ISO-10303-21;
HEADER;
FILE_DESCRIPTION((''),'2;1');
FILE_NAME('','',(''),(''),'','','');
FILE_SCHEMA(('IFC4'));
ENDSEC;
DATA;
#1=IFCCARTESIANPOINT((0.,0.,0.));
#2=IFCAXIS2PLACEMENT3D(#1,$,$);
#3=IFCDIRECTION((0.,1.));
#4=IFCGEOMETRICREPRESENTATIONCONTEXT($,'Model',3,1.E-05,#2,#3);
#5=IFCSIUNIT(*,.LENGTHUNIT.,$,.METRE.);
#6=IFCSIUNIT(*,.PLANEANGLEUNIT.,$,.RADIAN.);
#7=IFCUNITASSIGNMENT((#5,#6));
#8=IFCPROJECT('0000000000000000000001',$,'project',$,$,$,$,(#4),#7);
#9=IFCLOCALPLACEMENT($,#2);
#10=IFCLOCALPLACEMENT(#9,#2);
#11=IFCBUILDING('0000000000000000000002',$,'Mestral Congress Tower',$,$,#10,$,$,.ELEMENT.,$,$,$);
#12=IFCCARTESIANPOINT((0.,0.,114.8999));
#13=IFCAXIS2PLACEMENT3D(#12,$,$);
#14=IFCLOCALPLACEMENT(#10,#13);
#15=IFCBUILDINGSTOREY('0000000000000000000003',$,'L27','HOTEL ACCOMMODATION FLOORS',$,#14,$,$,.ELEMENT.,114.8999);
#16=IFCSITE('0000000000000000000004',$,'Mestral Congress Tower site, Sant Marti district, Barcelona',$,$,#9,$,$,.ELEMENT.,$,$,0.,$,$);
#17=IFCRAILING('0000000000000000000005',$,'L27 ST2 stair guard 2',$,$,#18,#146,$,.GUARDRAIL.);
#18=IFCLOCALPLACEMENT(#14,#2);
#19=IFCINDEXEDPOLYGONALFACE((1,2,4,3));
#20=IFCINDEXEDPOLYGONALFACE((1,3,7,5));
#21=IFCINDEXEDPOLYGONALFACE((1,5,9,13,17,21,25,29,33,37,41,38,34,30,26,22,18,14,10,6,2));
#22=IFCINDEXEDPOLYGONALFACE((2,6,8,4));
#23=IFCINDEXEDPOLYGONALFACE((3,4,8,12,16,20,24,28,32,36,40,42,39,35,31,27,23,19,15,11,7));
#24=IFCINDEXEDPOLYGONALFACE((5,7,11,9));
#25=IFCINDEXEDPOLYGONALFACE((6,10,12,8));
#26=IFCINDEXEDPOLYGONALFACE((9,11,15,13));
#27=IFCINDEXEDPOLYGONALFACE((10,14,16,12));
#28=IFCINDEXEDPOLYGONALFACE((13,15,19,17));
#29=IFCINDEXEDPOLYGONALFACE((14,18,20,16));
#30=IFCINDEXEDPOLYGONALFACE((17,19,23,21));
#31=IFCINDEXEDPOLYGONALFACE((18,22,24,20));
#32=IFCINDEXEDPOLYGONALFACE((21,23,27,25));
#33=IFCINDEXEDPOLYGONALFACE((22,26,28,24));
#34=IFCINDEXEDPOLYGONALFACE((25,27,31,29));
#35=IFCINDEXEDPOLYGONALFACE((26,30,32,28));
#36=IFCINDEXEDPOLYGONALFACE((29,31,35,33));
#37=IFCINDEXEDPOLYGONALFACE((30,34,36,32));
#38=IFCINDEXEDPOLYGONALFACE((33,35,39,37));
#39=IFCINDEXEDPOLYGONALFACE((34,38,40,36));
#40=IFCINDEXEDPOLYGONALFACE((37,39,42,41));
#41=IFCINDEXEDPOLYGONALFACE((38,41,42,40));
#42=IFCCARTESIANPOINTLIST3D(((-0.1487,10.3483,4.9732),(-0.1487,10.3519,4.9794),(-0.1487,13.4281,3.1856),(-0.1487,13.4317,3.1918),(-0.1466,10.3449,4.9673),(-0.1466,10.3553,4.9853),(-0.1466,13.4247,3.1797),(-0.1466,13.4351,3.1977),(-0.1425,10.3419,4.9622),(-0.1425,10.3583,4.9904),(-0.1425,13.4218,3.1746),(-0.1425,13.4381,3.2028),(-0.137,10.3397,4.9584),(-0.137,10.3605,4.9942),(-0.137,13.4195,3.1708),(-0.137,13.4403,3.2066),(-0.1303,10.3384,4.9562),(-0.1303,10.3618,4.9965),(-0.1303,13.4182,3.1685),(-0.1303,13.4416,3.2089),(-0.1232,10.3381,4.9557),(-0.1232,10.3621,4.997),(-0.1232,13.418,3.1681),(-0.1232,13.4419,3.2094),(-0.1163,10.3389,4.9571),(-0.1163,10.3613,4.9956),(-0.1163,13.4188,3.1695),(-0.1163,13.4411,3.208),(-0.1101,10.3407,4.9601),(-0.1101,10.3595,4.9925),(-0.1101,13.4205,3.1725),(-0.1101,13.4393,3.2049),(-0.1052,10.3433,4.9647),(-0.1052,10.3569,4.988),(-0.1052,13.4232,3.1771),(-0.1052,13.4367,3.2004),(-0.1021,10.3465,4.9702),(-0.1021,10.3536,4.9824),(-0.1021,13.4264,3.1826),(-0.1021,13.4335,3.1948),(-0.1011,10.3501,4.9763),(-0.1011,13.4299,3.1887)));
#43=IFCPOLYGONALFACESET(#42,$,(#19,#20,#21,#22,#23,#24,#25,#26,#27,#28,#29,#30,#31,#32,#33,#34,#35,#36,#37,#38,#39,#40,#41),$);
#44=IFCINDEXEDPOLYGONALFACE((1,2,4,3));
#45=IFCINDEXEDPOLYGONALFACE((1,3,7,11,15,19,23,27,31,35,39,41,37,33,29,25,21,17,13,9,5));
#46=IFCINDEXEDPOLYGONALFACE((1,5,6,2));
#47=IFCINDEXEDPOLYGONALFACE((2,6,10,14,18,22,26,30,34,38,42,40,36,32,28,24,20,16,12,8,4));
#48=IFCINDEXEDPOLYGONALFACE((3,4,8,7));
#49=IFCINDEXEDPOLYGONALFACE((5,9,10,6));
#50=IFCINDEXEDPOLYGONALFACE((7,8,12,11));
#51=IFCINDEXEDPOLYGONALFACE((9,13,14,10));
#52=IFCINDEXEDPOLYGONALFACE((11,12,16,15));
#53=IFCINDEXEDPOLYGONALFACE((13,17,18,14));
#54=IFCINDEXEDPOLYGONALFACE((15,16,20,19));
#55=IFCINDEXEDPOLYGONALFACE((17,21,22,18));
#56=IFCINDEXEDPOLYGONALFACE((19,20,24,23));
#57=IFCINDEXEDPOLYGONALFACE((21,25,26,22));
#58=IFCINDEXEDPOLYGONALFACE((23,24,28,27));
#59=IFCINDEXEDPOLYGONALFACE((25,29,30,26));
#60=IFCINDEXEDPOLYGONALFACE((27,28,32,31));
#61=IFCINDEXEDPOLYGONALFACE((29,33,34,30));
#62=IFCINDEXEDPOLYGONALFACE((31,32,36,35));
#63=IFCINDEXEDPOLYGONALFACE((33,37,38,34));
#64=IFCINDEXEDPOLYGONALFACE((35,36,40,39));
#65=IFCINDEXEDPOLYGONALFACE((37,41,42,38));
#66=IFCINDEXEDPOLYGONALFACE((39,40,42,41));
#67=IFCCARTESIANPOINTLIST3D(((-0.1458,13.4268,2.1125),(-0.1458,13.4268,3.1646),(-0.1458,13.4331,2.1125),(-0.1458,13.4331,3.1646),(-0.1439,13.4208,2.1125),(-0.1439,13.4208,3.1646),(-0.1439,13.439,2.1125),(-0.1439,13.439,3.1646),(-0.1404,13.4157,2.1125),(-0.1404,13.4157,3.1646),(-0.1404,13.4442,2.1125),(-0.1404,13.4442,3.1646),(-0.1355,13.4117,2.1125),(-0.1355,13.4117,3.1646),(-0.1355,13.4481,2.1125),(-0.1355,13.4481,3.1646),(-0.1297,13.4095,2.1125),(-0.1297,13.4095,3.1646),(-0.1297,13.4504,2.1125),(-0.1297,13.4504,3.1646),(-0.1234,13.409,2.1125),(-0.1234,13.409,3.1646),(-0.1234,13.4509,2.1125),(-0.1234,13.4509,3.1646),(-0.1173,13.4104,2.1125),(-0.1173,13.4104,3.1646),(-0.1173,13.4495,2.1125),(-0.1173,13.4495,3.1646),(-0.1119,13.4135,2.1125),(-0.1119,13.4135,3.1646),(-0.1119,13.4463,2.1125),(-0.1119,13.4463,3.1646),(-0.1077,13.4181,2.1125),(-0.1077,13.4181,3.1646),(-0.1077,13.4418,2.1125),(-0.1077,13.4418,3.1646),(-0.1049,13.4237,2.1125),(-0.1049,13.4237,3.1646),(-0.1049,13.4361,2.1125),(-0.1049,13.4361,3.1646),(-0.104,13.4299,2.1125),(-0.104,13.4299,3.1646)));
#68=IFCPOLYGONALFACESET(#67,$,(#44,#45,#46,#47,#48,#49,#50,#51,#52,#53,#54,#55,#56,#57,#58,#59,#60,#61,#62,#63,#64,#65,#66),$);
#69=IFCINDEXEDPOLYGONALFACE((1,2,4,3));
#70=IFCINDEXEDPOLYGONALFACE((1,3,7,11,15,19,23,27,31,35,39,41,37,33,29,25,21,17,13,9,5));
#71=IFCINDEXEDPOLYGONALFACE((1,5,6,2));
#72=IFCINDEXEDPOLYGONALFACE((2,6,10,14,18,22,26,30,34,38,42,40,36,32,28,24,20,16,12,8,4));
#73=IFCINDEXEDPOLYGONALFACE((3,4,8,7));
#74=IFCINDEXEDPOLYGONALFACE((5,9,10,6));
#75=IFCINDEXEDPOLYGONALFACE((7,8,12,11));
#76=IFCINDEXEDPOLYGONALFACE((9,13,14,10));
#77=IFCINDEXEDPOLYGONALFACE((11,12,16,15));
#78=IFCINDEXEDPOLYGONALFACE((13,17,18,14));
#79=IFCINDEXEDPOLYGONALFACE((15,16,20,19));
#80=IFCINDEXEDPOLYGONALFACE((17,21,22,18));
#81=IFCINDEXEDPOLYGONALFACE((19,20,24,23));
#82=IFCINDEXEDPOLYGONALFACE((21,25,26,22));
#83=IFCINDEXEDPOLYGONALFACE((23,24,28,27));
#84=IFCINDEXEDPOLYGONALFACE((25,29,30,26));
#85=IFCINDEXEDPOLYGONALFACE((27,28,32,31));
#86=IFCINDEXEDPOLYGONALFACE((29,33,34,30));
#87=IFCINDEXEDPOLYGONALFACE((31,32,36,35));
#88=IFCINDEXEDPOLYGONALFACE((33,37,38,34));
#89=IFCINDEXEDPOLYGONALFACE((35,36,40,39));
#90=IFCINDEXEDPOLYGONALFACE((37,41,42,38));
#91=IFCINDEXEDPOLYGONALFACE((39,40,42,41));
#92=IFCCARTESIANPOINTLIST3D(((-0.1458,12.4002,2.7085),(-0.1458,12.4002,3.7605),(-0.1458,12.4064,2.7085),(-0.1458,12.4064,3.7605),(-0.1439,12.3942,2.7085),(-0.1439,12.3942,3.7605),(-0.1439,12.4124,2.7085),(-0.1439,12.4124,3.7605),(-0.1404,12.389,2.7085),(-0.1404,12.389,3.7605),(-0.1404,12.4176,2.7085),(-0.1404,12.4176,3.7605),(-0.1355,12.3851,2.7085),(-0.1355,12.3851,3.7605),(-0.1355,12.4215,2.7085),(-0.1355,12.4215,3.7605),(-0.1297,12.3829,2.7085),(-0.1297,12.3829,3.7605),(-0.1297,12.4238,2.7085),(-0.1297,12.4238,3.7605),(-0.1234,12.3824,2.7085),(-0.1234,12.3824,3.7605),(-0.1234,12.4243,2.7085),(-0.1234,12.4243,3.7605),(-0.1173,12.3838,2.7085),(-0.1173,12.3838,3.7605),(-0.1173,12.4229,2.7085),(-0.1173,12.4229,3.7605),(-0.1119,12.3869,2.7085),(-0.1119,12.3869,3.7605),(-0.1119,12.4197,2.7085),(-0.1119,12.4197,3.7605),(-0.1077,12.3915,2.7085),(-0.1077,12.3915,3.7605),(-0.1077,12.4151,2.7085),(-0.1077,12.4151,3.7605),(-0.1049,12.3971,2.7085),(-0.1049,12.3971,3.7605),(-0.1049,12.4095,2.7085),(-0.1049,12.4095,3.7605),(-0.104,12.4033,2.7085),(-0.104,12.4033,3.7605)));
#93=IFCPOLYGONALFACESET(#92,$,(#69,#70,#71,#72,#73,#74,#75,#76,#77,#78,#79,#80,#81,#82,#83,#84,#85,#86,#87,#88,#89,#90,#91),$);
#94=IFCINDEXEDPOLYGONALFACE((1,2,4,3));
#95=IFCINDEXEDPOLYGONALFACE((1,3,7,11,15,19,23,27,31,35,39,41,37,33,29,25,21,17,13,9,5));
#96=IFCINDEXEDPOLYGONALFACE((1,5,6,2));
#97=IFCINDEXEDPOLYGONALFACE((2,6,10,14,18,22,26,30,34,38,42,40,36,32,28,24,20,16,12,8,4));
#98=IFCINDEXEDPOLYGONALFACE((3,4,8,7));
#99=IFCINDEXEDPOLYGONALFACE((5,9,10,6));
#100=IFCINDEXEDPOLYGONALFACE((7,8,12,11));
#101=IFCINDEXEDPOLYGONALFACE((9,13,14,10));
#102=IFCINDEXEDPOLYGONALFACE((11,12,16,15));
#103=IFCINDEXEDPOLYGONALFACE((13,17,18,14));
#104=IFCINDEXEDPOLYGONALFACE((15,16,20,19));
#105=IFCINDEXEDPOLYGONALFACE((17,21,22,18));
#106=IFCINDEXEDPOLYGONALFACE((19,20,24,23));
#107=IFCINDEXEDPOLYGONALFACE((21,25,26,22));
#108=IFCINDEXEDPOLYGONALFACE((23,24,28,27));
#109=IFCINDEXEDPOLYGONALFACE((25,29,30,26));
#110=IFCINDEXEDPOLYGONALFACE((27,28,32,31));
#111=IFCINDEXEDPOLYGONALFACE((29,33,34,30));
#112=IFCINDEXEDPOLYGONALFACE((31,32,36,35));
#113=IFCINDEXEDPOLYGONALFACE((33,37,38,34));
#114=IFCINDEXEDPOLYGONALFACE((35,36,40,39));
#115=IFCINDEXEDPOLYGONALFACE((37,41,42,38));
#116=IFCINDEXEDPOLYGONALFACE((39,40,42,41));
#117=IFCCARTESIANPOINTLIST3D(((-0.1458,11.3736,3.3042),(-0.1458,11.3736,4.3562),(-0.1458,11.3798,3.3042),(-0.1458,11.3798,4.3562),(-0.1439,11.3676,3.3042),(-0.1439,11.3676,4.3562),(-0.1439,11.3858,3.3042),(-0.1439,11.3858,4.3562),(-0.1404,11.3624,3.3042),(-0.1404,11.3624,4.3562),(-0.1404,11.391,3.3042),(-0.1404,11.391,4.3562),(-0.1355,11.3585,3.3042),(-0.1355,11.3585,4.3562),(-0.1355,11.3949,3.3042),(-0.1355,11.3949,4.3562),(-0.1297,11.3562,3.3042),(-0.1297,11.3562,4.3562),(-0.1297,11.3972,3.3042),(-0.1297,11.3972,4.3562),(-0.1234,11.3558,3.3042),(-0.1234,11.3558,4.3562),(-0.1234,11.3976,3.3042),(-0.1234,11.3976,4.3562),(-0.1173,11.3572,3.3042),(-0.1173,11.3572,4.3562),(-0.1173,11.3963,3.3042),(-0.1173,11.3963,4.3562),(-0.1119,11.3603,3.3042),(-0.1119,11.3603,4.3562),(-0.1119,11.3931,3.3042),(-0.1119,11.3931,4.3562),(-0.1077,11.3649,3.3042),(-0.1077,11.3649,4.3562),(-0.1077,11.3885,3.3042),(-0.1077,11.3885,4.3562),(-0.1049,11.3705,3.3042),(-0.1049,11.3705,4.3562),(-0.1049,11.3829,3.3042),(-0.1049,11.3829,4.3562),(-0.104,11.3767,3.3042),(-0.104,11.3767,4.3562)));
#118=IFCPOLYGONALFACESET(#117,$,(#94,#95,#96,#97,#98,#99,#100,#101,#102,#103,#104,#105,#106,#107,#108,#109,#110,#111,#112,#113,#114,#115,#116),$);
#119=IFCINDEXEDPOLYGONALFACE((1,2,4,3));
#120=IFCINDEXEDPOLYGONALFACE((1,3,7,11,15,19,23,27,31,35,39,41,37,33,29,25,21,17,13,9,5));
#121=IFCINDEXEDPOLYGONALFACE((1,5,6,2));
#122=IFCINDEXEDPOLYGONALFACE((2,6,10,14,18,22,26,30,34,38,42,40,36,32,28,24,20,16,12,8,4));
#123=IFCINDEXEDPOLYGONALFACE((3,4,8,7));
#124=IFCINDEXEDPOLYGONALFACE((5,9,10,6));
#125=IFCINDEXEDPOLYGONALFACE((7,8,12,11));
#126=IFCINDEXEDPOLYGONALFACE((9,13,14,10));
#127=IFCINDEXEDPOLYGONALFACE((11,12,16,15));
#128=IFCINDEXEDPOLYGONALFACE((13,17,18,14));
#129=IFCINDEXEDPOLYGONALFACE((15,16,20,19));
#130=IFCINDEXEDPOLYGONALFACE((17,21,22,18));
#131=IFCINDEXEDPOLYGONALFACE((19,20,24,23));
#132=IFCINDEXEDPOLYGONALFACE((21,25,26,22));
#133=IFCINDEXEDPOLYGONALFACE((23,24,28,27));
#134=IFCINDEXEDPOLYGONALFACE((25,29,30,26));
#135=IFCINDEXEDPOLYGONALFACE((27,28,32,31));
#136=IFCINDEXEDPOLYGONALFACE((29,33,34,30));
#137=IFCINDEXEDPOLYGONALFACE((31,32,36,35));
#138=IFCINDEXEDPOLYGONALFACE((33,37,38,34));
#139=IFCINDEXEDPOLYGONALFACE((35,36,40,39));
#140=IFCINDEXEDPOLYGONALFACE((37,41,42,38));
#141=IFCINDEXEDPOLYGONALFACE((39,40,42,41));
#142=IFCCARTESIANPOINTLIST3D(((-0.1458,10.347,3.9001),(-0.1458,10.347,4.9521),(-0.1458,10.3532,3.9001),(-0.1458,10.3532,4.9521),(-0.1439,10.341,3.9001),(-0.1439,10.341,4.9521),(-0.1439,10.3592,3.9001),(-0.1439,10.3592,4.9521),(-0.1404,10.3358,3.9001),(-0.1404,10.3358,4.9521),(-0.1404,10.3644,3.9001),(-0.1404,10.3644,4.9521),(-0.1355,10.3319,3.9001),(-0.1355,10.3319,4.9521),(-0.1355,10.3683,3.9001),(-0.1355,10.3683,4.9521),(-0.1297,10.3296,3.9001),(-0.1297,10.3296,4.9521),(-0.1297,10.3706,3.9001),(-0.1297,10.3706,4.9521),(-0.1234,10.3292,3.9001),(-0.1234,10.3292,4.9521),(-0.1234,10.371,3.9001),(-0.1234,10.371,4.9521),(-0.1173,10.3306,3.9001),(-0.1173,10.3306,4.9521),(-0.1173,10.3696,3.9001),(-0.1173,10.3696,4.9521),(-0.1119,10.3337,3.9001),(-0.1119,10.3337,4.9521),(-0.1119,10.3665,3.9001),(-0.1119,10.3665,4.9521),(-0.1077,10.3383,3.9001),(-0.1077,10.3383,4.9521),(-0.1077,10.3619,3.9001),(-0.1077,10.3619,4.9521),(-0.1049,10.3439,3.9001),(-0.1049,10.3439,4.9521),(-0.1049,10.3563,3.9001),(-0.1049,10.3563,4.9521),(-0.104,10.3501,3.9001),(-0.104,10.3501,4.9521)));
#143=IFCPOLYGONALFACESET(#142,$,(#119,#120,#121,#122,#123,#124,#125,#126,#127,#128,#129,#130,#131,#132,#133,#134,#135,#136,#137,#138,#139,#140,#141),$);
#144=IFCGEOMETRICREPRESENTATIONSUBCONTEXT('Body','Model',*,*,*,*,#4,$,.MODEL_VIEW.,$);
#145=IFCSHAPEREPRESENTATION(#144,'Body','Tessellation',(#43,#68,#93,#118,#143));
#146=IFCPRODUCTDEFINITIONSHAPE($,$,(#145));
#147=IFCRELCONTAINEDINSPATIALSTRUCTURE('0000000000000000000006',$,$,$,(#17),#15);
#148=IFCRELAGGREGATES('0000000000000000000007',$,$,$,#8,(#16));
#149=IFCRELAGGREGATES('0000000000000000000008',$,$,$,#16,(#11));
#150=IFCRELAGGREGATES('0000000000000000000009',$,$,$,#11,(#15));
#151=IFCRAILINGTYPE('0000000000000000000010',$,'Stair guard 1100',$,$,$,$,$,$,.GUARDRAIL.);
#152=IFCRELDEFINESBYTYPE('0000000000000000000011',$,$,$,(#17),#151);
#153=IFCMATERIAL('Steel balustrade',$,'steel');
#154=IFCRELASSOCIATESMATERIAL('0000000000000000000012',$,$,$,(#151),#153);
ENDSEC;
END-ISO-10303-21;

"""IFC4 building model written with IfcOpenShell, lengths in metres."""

from ifc_helpers import new_model, si_unit, direction, frame, origin, origin_2d, place, context, subcontext, project, spatial, circle, extrude, material, type_object, element, save


model = new_model("IFC4")

# Units and contexts
model_context = context("Model", 3, precision=1e-05, world=origin(), true_north=direction((0.0, 1.0)))
body_context = subcontext(model_context, "Body", "Model", "MODEL_VIEW")
ifc_project = project(units=[si_unit("LENGTHUNIT", "METRE"), si_unit("PLANEANGLEUNIT", "RADIAN")], contexts=[model_context])

# Site, building, storey
site_placement = place(None, origin())
site = spatial("IfcSite", under=ifc_project, at=site_placement, Name="Mestral Congress Tower site, Sant Marti district, Barcelona", CompositionType="ELEMENT", RefElevation=0.0)
building_placement = place(site_placement, origin())
building = spatial("IfcBuilding", under=site, at=building_placement, Name="Mestral Congress Tower", CompositionType="ELEMENT")
storey_placement = place(building_placement, frame((0.0, 0.0, 114.8999)))
storey = spatial("IfcBuildingStorey", under=building, at=storey_placement, Name="L27", Description="HOTEL ACCOMMODATION FLOORS", CompositionType="ELEMENT", Elevation=114.8999)

# Railing
ifc_material_1 = material(Name="Steel balustrade", Category="steel")
railing_type = type_object("IfcRailingType", Name="Stair guard 1100", PredefinedType="GUARDRAIL", material=ifc_material_1)
railing_placement = place(storey_placement, frame((-0.125, 13.4299, 2.1125)))
element("IfcRailing", 1, at=railing_placement, inside=storey, type_object=railing_type, Name="L27 ST2 stair guard 2", PredefinedType="GUARDRAIL", context=body_context, shape_type="SweptSolid", body=[
    extrude(circle(Radius=0.0239, at=origin_2d()), frame((0.0, 0.0, 1.0762), z_axis=(0.0, -0.864873, 0.50199), x_axis=(1.0, 0.0, 0.0)), (0.0, 0.0, 1.0), 3.561),
    extrude(circle(Radius=0.021, at=origin_2d()), origin(), (0.0, 0.0, 1.0), 1.052),
    extrude(circle(Radius=0.021, at=origin_2d()), frame((0.0, -1.0266, 0.5959)), (0.0, 0.0, 1.0), 1.052),
    extrude(circle(Radius=0.021, at=origin_2d()), frame((0.0, -2.0532, 1.1917)), (0.0, 0.0, 1.0), 1.052),
    extrude(circle(Radius=0.021, at=origin_2d()), frame((0.0, -3.0798, 1.7876)), (0.0, 0.0, 1.0), 1.052),
])

save(model, "model.ifc")
